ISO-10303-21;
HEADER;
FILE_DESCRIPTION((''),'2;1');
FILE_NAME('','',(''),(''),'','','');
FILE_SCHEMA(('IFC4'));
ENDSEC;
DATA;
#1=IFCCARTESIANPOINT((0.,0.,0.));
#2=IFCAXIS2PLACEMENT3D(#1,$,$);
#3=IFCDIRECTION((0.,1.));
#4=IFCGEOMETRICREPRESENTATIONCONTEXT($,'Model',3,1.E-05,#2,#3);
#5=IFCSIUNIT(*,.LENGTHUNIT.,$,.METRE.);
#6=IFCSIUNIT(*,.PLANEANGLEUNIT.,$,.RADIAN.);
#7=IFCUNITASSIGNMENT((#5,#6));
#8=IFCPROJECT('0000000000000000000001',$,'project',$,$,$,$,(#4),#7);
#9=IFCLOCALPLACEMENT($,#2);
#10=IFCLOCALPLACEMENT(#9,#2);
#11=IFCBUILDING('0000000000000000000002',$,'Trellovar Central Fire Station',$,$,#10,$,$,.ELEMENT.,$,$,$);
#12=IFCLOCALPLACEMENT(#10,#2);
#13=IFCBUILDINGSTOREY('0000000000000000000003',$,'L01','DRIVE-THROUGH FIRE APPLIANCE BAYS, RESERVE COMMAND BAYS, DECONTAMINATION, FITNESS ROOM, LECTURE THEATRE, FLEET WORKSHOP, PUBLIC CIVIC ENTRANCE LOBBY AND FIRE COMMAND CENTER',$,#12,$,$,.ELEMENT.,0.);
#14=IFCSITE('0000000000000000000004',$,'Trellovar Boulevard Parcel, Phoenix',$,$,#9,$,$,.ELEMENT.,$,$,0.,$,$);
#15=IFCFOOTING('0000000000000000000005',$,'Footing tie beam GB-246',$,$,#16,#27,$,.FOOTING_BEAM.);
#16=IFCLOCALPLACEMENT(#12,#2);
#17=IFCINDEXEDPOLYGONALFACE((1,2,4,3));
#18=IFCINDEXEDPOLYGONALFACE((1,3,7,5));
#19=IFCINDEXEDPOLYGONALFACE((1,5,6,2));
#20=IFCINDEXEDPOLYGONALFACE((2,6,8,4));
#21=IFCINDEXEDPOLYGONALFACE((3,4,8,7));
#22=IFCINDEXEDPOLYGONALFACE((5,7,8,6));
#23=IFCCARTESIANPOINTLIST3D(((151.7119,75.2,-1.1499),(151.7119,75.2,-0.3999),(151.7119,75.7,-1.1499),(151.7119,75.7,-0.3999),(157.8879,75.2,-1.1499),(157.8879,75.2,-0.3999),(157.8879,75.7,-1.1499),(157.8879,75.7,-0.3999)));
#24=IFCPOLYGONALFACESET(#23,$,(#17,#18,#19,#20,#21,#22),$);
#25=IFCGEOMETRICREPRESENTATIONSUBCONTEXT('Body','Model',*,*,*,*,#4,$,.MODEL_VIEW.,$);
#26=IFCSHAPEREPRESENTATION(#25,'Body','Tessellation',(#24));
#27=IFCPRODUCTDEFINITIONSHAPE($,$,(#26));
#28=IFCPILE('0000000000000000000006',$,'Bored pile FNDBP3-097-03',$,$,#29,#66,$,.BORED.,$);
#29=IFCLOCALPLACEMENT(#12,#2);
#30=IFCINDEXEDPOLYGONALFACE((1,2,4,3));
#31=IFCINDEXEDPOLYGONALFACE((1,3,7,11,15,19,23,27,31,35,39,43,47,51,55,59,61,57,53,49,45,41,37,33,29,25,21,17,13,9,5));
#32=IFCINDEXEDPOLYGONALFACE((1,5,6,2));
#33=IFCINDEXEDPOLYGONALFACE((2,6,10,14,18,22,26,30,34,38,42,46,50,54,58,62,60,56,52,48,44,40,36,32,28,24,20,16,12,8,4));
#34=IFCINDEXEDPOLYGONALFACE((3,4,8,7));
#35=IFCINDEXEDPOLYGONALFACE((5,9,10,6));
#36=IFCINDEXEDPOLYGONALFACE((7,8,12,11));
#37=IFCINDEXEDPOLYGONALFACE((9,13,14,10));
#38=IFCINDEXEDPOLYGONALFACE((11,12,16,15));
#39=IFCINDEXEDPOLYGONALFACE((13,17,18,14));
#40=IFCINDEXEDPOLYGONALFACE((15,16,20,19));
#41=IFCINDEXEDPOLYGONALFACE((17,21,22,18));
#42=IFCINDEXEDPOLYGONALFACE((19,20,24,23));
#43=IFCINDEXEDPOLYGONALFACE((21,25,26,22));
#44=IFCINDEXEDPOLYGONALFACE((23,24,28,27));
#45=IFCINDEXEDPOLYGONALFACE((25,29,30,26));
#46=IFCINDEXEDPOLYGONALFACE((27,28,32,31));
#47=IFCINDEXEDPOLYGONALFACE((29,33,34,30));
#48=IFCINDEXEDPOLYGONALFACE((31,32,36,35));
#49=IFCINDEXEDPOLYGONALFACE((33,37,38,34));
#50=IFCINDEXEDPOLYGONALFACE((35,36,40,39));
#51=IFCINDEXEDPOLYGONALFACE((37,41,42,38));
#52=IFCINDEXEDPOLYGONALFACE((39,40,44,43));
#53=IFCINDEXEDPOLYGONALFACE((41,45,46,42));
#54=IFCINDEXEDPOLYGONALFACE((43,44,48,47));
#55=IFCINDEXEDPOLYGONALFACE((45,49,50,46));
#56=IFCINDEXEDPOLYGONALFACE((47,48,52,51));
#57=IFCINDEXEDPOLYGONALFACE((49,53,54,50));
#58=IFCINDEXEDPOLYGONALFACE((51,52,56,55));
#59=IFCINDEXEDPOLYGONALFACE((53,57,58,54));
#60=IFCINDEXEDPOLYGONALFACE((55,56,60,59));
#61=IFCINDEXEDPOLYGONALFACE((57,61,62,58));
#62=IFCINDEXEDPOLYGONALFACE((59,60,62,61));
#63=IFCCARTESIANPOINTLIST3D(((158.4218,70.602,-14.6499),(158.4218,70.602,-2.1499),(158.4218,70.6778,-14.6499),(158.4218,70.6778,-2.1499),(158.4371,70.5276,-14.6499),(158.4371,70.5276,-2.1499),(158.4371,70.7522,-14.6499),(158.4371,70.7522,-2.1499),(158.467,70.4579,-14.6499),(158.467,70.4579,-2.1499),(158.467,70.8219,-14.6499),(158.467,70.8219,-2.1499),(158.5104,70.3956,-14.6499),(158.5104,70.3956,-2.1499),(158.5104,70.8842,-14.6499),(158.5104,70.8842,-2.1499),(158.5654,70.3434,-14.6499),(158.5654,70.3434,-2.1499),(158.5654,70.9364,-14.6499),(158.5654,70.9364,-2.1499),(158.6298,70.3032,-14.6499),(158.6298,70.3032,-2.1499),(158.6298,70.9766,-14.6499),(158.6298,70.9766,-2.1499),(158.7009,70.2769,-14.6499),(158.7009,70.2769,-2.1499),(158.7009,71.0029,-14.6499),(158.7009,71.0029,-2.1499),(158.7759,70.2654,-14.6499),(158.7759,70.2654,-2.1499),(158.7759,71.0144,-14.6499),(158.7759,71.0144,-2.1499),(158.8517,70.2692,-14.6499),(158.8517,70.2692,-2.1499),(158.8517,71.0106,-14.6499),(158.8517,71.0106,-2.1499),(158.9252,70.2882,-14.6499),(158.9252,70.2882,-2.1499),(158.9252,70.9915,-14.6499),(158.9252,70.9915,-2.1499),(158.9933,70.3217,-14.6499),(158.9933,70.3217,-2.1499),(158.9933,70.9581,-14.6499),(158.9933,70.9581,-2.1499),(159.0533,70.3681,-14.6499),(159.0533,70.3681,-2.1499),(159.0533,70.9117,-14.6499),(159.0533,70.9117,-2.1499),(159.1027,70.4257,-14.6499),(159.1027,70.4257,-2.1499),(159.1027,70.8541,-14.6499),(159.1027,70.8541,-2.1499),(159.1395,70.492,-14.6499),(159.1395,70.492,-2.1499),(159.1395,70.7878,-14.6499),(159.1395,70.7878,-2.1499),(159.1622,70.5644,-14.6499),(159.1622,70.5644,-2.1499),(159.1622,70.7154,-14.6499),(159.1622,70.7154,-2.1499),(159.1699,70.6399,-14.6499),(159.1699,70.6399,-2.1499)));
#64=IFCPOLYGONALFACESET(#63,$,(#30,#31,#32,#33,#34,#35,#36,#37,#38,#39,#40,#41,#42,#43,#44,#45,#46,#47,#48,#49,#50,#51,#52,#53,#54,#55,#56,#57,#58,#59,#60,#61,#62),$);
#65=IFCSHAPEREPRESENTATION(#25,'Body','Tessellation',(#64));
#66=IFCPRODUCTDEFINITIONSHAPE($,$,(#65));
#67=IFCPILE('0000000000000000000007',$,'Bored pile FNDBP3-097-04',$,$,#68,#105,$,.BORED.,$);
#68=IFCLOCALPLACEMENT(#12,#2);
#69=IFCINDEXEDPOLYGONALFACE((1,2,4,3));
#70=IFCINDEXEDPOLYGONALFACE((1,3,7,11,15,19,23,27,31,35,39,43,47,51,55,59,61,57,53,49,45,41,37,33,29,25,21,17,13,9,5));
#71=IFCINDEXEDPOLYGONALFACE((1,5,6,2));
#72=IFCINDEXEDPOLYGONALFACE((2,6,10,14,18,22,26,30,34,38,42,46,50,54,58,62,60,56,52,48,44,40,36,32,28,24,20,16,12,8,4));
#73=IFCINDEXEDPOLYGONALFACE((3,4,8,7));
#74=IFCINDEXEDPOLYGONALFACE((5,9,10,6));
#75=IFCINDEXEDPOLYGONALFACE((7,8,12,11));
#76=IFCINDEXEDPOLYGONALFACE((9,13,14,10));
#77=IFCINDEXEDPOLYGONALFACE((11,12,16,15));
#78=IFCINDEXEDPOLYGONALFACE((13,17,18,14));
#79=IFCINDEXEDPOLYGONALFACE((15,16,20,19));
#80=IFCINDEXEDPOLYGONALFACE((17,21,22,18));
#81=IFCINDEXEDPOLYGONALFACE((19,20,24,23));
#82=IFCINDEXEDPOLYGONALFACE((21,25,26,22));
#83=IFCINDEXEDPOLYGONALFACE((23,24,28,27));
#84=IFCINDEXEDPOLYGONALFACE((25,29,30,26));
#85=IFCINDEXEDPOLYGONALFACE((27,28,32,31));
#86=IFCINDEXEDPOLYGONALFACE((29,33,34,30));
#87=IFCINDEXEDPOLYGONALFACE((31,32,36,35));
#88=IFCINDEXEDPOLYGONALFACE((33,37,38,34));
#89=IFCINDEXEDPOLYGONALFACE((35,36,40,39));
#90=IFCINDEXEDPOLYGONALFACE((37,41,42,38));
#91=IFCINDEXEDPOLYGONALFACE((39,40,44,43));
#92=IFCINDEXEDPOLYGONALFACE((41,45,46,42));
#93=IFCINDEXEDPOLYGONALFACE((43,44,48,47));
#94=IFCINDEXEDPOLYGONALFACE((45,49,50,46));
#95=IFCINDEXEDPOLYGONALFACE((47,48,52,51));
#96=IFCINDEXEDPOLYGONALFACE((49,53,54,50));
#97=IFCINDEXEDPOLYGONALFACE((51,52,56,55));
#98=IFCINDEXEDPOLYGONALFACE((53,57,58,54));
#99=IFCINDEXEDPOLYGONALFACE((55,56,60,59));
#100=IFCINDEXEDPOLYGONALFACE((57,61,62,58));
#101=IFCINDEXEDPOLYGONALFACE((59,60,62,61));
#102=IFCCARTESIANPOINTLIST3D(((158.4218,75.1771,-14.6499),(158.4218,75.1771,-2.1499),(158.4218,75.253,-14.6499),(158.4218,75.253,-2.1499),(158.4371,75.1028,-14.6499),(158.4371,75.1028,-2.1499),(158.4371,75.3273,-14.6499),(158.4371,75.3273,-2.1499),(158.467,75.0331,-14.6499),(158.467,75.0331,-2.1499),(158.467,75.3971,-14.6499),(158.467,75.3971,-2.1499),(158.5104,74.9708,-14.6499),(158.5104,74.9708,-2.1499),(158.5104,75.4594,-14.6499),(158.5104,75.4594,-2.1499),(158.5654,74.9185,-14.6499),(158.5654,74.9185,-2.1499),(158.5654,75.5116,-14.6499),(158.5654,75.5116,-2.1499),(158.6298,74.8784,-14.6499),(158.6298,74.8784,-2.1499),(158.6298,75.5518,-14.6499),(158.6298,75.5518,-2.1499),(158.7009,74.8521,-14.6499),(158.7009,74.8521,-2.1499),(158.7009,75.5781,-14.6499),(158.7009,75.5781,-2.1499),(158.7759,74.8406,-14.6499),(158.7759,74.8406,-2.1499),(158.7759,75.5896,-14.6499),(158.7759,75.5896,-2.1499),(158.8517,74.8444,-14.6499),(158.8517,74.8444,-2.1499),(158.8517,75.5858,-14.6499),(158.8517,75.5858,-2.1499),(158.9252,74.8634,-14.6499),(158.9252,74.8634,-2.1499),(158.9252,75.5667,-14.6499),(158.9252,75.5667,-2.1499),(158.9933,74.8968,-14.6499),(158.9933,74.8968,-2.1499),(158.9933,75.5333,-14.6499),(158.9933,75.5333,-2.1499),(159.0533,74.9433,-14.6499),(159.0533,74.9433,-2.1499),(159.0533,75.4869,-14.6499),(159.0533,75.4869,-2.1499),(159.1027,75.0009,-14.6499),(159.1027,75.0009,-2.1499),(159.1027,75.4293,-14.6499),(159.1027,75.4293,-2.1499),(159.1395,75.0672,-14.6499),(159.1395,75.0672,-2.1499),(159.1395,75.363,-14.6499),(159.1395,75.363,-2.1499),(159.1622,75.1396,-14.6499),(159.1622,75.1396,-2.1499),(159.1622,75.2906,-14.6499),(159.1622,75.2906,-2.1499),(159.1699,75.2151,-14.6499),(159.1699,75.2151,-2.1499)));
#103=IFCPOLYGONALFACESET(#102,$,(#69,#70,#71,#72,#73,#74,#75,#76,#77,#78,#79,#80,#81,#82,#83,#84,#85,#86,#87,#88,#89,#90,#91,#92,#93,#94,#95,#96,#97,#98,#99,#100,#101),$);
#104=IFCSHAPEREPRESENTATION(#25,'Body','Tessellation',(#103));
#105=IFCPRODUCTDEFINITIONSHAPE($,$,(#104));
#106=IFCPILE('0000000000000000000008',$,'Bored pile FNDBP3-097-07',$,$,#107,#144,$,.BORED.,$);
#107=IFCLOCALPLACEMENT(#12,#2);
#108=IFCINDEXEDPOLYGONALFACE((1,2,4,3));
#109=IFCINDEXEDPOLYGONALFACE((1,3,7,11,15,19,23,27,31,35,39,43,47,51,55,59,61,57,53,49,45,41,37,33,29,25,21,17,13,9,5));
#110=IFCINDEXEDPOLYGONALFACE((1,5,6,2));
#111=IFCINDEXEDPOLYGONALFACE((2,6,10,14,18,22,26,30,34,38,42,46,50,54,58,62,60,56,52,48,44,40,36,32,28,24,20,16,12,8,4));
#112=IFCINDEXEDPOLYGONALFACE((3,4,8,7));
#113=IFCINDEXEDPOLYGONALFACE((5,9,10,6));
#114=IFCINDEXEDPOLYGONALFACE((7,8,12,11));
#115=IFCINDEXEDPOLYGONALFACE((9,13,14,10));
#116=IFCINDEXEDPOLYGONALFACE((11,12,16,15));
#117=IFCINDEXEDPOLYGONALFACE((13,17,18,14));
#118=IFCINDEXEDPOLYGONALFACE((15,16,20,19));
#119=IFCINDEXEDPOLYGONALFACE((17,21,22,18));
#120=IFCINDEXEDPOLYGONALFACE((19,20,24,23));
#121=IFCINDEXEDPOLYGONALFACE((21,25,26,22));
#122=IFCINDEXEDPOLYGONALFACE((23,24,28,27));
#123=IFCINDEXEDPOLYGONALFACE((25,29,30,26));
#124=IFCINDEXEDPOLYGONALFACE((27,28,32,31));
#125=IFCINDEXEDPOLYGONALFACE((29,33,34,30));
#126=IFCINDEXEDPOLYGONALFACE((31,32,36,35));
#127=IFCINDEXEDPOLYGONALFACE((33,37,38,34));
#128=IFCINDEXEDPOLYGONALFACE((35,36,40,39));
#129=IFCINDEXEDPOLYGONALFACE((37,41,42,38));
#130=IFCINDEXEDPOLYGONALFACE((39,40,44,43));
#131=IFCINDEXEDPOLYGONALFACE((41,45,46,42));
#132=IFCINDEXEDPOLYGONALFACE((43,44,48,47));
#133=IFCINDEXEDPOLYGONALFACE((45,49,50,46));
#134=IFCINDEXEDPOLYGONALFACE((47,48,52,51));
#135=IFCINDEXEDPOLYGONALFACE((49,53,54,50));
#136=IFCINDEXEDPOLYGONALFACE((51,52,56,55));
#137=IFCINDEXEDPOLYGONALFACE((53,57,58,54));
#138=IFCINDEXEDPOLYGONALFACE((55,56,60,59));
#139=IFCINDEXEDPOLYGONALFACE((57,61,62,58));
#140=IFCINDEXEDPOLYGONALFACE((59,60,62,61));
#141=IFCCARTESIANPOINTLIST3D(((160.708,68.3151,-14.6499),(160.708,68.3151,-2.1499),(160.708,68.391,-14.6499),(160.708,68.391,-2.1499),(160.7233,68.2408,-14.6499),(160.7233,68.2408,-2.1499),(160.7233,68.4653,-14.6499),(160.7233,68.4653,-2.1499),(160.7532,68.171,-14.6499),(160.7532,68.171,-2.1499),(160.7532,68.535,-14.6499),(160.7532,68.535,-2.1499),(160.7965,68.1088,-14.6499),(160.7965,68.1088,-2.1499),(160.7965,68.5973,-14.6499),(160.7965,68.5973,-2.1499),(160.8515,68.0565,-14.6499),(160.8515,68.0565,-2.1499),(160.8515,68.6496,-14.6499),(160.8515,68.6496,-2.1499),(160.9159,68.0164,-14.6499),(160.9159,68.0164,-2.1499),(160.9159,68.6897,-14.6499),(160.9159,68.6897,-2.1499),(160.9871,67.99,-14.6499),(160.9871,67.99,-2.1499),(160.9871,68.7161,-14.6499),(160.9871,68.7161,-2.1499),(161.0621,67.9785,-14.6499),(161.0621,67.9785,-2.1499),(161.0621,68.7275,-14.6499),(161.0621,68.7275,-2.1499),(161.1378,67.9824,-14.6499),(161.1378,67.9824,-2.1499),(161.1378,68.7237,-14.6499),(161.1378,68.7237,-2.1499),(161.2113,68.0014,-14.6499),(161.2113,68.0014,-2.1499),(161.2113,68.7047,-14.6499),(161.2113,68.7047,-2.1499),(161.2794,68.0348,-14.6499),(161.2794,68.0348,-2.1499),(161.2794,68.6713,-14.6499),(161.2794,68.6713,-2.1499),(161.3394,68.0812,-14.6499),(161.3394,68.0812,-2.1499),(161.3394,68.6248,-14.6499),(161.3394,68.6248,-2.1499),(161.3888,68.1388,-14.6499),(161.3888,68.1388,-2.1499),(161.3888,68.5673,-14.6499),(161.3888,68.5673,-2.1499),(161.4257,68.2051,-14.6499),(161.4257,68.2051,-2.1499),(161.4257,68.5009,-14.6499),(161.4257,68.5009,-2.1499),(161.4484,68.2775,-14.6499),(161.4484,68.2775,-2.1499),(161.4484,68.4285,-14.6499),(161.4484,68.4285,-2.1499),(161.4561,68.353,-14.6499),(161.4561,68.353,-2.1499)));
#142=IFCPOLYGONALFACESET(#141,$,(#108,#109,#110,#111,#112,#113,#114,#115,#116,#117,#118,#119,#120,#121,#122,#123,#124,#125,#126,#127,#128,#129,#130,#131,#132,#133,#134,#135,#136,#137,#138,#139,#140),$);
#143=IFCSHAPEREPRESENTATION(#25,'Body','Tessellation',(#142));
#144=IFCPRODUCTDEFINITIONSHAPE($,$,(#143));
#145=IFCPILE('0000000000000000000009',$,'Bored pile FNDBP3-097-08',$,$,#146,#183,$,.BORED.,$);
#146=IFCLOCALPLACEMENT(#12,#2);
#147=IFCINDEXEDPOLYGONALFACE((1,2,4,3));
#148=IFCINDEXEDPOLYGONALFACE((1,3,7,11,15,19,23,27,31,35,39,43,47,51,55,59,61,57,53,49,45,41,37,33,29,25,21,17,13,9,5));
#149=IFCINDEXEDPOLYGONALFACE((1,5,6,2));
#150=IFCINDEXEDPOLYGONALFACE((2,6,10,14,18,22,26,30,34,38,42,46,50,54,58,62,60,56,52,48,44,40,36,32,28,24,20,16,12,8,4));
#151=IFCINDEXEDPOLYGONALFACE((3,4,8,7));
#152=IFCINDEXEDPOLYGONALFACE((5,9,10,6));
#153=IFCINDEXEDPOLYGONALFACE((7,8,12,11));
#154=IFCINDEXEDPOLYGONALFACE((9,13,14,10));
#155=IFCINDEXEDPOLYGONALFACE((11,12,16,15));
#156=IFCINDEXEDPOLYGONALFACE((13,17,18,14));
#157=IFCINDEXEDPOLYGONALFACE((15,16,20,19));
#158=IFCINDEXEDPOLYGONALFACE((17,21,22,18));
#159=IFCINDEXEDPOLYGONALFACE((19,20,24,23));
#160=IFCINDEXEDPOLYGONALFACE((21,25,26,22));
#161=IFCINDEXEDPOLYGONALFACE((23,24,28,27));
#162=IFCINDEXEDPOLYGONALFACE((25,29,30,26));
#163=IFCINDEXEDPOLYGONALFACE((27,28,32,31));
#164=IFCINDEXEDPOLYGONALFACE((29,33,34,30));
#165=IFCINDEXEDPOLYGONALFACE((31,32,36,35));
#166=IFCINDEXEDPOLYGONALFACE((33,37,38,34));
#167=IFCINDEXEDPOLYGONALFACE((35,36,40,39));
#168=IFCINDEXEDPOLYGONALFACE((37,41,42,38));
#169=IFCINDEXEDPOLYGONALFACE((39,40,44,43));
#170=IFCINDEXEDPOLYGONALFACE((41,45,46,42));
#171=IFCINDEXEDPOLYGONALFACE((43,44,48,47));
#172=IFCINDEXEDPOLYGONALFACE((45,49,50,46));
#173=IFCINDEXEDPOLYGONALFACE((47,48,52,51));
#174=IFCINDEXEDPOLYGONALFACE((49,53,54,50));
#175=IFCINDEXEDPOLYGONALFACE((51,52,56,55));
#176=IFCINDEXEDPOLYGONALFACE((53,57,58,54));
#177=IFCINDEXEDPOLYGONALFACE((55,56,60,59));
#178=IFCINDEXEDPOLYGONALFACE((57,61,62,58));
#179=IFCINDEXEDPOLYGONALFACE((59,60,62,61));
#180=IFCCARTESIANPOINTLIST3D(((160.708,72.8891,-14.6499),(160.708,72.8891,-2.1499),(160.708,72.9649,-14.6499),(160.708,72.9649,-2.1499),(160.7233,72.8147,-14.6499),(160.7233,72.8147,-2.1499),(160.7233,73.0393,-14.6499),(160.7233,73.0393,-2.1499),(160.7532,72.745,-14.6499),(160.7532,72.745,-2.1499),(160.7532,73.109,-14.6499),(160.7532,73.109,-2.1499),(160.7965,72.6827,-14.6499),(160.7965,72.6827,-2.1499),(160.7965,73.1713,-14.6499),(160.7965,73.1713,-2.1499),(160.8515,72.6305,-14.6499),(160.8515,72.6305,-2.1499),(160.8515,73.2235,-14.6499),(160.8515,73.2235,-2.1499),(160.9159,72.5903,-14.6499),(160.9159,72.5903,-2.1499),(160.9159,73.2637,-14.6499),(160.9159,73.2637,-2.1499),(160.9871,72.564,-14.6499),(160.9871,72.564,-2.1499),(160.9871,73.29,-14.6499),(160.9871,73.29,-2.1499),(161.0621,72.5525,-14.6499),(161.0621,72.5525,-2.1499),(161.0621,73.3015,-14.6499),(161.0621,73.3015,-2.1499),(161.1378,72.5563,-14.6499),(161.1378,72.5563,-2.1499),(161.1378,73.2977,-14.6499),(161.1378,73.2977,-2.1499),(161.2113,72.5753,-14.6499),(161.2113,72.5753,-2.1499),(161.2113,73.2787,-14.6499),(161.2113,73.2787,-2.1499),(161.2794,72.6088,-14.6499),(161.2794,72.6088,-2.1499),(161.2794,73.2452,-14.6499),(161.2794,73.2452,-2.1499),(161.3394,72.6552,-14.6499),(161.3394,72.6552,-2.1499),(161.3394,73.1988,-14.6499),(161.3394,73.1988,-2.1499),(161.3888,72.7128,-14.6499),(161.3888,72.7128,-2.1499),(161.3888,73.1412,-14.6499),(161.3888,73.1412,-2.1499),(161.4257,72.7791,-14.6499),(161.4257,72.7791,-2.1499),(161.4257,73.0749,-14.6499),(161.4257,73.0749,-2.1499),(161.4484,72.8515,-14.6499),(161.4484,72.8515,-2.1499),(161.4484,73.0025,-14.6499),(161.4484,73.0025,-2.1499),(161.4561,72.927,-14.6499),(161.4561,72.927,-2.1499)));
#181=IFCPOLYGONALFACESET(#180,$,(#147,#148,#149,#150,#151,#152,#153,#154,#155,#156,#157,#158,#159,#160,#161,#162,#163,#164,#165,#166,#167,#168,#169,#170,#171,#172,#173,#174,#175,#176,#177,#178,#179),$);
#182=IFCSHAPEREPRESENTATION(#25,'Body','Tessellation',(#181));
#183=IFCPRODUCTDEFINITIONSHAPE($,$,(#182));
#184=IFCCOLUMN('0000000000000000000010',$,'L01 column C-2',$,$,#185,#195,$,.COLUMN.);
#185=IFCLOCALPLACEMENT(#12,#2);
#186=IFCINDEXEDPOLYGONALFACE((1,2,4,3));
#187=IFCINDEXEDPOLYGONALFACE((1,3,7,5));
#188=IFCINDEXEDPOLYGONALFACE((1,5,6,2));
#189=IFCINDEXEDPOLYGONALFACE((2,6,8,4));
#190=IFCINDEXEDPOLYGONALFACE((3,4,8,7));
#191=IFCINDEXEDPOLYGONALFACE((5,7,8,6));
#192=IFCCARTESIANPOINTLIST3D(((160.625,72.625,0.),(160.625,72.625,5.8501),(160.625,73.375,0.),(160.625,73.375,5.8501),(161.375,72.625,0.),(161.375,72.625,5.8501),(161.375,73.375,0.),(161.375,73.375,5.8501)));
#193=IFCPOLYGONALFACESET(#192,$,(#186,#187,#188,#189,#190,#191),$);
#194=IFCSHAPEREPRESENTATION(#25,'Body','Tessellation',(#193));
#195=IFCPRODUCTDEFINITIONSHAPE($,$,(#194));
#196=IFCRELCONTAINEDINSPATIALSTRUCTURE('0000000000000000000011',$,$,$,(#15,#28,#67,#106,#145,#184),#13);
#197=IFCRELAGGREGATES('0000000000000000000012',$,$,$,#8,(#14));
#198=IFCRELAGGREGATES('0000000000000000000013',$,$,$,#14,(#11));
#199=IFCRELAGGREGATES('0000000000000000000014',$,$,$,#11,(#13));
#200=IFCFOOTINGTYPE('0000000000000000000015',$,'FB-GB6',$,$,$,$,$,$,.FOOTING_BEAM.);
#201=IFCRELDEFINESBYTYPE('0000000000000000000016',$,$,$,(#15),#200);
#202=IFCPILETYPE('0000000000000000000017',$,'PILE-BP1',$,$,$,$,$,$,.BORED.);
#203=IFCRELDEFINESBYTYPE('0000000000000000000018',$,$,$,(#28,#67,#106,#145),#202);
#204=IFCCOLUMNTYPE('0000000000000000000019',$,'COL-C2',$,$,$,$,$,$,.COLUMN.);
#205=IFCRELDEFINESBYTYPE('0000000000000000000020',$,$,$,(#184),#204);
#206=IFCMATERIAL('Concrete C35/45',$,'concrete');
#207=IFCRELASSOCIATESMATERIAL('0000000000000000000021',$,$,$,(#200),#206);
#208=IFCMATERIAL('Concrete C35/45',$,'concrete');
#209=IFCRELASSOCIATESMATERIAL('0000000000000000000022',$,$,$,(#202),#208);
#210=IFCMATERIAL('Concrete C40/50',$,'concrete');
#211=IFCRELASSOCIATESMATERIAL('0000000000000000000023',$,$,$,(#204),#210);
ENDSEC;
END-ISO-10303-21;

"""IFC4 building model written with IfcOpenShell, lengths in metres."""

from ifc_helpers import new_model, si_unit, direction, frame, origin, origin_2d, place, context, subcontext, project, spatial, rectangle, circle, extrude, material, material_profile, profile_set, type_object, element, save


model = new_model("IFC4")

# Units and contexts
model_context = context("Model", 3, precision=1e-05, world=origin(), true_north=direction((0.0, 1.0)))
body_context = subcontext(model_context, "Body", "Model", "MODEL_VIEW")
ifc_project = project(units=[si_unit("LENGTHUNIT", "METRE"), si_unit("PLANEANGLEUNIT", "RADIAN")], contexts=[model_context])

# Site, building, storey
site_placement = place(None, origin())
site = spatial("IfcSite", under=ifc_project, at=site_placement, Name="Trellovar Boulevard Parcel, Phoenix", CompositionType="ELEMENT", RefElevation=0.0)
building_placement = place(site_placement, origin())
building = spatial("IfcBuilding", under=site, at=building_placement, Name="Trellovar Central Fire Station", CompositionType="ELEMENT")
storey_placement = place(building_placement, origin())
storey = spatial("IfcBuildingStorey", under=building, at=storey_placement, Name="L01", Description="DRIVE-THROUGH FIRE APPLIANCE BAYS, RESERVE COMMAND BAYS, DECONTAMINATION, FITNESS ROOM, LECTURE THEATRE, FLEET WORKSHOP, PUBLIC CIVIC ENTRANCE LOBBY AND FIRE COMMAND CENTER", CompositionType="ELEMENT", Elevation=0.0)

# Footing
ifc_material_1 = material(Name="Concrete C35/45", Category="concrete")
ifc_material_profile_1 = material_profile(ifc_material_1, rectangle(XDim=0.5, YDim=0.75, at=origin_2d()), Name="RC500X750")
ifc_profile_set_1 = profile_set([ifc_material_profile_1], Name="Concrete C35/45")
footing_type = type_object("IfcFootingType", Name="FB-GB6", PredefinedType="FOOTING_BEAM", material=ifc_profile_set_1)
footing_placement = place(storey_placement, frame((151.7119, 75.45, -0.7749), z_axis=(1.0, 0.0, 0.0), x_axis=(0.0, 1.0, 0.0)))
element("IfcFooting", 1, at=footing_placement, inside=storey, type_object=footing_type, Name="Footing tie beam GB-246", PredefinedType="FOOTING_BEAM", context=body_context, shape_type="SweptSolid", body=[
    extrude(rectangle(XDim=0.5, YDim=0.75, at=origin_2d()), origin(), (0.0, 0.0, 1.0), 6.176),
])

# Piles
ifc_material_2 = material(Name="Concrete C35/45", Category="concrete")
ifc_material_profile_2 = material_profile(ifc_material_2, circle(Radius=0.375, at=origin_2d()), Name="PILE750")
ifc_profile_set_2 = profile_set([ifc_material_profile_2], Name="Concrete C35/45")
pile_type = type_object("IfcPileType", Name="PILE-BP1", PredefinedType="BORED", material=ifc_profile_set_2)
for number, where, z_axis, x_axis, name in (
    (2, (158.7949, 70.6399, -2.1499), (0.0, 0.0, -1.0), (1.0, 0.0, 0.0), "Bored pile FNDBP3-097-03"),
    (3, (158.7949, 75.2151, -2.1499), (0.0, 0.0, -1.0), (1.0, 0.0, 0.0), "Bored pile FNDBP3-097-04"),
    (4, (161.0811, 68.353, -2.1499), (0.0, 0.0, -1.0), (1.0, 0.0, 0.0), "Bored pile FNDBP3-097-07"),
    (5, (161.0811, 72.927, -2.1499), (0.0, 0.0, -1.0), (1.0, 0.0, 0.0), "Bored pile FNDBP3-097-08"),
):
    element("IfcPile", number, at=place(storey_placement, frame(where, z_axis=z_axis, x_axis=x_axis)), inside=storey, type_object=pile_type, Name=name, PredefinedType="BORED", context=body_context, shape_type="SweptSolid", body=[
        extrude(circle(Radius=0.375, at=origin_2d()), origin(), (0.0, 0.0, 1.0), 12.5),
    ])

# Column
ifc_material_3 = material(Name="Concrete C40/50", Category="concrete")
ifc_material_profile_3 = material_profile(ifc_material_3, rectangle(XDim=0.75, YDim=0.75, at=origin_2d()), Name="RC750X750")
ifc_profile_set_3 = profile_set([ifc_material_profile_3], Name="Concrete C40/50")
column_type_1 = type_object("IfcColumnType", Name="COL-C2", PredefinedType="COLUMN", material=ifc_profile_set_3)
column_1_placement = place(storey_placement, frame((161.0, 73.0, 0.0), z_axis=(0.0, 0.0, 1.0), x_axis=(1.0, 0.0, 0.0)))
element("IfcColumn", 6, at=column_1_placement, inside=storey, type_object=column_type_1, Name="L01 column C-2", PredefinedType="COLUMN", context=body_context, shape_type="SweptSolid", body=[
    extrude(rectangle(XDim=0.75, YDim=0.75, at=origin_2d()), origin(), (0.0, 0.0, 1.0), 5.8501),
])

save(model, "model.ifc")
